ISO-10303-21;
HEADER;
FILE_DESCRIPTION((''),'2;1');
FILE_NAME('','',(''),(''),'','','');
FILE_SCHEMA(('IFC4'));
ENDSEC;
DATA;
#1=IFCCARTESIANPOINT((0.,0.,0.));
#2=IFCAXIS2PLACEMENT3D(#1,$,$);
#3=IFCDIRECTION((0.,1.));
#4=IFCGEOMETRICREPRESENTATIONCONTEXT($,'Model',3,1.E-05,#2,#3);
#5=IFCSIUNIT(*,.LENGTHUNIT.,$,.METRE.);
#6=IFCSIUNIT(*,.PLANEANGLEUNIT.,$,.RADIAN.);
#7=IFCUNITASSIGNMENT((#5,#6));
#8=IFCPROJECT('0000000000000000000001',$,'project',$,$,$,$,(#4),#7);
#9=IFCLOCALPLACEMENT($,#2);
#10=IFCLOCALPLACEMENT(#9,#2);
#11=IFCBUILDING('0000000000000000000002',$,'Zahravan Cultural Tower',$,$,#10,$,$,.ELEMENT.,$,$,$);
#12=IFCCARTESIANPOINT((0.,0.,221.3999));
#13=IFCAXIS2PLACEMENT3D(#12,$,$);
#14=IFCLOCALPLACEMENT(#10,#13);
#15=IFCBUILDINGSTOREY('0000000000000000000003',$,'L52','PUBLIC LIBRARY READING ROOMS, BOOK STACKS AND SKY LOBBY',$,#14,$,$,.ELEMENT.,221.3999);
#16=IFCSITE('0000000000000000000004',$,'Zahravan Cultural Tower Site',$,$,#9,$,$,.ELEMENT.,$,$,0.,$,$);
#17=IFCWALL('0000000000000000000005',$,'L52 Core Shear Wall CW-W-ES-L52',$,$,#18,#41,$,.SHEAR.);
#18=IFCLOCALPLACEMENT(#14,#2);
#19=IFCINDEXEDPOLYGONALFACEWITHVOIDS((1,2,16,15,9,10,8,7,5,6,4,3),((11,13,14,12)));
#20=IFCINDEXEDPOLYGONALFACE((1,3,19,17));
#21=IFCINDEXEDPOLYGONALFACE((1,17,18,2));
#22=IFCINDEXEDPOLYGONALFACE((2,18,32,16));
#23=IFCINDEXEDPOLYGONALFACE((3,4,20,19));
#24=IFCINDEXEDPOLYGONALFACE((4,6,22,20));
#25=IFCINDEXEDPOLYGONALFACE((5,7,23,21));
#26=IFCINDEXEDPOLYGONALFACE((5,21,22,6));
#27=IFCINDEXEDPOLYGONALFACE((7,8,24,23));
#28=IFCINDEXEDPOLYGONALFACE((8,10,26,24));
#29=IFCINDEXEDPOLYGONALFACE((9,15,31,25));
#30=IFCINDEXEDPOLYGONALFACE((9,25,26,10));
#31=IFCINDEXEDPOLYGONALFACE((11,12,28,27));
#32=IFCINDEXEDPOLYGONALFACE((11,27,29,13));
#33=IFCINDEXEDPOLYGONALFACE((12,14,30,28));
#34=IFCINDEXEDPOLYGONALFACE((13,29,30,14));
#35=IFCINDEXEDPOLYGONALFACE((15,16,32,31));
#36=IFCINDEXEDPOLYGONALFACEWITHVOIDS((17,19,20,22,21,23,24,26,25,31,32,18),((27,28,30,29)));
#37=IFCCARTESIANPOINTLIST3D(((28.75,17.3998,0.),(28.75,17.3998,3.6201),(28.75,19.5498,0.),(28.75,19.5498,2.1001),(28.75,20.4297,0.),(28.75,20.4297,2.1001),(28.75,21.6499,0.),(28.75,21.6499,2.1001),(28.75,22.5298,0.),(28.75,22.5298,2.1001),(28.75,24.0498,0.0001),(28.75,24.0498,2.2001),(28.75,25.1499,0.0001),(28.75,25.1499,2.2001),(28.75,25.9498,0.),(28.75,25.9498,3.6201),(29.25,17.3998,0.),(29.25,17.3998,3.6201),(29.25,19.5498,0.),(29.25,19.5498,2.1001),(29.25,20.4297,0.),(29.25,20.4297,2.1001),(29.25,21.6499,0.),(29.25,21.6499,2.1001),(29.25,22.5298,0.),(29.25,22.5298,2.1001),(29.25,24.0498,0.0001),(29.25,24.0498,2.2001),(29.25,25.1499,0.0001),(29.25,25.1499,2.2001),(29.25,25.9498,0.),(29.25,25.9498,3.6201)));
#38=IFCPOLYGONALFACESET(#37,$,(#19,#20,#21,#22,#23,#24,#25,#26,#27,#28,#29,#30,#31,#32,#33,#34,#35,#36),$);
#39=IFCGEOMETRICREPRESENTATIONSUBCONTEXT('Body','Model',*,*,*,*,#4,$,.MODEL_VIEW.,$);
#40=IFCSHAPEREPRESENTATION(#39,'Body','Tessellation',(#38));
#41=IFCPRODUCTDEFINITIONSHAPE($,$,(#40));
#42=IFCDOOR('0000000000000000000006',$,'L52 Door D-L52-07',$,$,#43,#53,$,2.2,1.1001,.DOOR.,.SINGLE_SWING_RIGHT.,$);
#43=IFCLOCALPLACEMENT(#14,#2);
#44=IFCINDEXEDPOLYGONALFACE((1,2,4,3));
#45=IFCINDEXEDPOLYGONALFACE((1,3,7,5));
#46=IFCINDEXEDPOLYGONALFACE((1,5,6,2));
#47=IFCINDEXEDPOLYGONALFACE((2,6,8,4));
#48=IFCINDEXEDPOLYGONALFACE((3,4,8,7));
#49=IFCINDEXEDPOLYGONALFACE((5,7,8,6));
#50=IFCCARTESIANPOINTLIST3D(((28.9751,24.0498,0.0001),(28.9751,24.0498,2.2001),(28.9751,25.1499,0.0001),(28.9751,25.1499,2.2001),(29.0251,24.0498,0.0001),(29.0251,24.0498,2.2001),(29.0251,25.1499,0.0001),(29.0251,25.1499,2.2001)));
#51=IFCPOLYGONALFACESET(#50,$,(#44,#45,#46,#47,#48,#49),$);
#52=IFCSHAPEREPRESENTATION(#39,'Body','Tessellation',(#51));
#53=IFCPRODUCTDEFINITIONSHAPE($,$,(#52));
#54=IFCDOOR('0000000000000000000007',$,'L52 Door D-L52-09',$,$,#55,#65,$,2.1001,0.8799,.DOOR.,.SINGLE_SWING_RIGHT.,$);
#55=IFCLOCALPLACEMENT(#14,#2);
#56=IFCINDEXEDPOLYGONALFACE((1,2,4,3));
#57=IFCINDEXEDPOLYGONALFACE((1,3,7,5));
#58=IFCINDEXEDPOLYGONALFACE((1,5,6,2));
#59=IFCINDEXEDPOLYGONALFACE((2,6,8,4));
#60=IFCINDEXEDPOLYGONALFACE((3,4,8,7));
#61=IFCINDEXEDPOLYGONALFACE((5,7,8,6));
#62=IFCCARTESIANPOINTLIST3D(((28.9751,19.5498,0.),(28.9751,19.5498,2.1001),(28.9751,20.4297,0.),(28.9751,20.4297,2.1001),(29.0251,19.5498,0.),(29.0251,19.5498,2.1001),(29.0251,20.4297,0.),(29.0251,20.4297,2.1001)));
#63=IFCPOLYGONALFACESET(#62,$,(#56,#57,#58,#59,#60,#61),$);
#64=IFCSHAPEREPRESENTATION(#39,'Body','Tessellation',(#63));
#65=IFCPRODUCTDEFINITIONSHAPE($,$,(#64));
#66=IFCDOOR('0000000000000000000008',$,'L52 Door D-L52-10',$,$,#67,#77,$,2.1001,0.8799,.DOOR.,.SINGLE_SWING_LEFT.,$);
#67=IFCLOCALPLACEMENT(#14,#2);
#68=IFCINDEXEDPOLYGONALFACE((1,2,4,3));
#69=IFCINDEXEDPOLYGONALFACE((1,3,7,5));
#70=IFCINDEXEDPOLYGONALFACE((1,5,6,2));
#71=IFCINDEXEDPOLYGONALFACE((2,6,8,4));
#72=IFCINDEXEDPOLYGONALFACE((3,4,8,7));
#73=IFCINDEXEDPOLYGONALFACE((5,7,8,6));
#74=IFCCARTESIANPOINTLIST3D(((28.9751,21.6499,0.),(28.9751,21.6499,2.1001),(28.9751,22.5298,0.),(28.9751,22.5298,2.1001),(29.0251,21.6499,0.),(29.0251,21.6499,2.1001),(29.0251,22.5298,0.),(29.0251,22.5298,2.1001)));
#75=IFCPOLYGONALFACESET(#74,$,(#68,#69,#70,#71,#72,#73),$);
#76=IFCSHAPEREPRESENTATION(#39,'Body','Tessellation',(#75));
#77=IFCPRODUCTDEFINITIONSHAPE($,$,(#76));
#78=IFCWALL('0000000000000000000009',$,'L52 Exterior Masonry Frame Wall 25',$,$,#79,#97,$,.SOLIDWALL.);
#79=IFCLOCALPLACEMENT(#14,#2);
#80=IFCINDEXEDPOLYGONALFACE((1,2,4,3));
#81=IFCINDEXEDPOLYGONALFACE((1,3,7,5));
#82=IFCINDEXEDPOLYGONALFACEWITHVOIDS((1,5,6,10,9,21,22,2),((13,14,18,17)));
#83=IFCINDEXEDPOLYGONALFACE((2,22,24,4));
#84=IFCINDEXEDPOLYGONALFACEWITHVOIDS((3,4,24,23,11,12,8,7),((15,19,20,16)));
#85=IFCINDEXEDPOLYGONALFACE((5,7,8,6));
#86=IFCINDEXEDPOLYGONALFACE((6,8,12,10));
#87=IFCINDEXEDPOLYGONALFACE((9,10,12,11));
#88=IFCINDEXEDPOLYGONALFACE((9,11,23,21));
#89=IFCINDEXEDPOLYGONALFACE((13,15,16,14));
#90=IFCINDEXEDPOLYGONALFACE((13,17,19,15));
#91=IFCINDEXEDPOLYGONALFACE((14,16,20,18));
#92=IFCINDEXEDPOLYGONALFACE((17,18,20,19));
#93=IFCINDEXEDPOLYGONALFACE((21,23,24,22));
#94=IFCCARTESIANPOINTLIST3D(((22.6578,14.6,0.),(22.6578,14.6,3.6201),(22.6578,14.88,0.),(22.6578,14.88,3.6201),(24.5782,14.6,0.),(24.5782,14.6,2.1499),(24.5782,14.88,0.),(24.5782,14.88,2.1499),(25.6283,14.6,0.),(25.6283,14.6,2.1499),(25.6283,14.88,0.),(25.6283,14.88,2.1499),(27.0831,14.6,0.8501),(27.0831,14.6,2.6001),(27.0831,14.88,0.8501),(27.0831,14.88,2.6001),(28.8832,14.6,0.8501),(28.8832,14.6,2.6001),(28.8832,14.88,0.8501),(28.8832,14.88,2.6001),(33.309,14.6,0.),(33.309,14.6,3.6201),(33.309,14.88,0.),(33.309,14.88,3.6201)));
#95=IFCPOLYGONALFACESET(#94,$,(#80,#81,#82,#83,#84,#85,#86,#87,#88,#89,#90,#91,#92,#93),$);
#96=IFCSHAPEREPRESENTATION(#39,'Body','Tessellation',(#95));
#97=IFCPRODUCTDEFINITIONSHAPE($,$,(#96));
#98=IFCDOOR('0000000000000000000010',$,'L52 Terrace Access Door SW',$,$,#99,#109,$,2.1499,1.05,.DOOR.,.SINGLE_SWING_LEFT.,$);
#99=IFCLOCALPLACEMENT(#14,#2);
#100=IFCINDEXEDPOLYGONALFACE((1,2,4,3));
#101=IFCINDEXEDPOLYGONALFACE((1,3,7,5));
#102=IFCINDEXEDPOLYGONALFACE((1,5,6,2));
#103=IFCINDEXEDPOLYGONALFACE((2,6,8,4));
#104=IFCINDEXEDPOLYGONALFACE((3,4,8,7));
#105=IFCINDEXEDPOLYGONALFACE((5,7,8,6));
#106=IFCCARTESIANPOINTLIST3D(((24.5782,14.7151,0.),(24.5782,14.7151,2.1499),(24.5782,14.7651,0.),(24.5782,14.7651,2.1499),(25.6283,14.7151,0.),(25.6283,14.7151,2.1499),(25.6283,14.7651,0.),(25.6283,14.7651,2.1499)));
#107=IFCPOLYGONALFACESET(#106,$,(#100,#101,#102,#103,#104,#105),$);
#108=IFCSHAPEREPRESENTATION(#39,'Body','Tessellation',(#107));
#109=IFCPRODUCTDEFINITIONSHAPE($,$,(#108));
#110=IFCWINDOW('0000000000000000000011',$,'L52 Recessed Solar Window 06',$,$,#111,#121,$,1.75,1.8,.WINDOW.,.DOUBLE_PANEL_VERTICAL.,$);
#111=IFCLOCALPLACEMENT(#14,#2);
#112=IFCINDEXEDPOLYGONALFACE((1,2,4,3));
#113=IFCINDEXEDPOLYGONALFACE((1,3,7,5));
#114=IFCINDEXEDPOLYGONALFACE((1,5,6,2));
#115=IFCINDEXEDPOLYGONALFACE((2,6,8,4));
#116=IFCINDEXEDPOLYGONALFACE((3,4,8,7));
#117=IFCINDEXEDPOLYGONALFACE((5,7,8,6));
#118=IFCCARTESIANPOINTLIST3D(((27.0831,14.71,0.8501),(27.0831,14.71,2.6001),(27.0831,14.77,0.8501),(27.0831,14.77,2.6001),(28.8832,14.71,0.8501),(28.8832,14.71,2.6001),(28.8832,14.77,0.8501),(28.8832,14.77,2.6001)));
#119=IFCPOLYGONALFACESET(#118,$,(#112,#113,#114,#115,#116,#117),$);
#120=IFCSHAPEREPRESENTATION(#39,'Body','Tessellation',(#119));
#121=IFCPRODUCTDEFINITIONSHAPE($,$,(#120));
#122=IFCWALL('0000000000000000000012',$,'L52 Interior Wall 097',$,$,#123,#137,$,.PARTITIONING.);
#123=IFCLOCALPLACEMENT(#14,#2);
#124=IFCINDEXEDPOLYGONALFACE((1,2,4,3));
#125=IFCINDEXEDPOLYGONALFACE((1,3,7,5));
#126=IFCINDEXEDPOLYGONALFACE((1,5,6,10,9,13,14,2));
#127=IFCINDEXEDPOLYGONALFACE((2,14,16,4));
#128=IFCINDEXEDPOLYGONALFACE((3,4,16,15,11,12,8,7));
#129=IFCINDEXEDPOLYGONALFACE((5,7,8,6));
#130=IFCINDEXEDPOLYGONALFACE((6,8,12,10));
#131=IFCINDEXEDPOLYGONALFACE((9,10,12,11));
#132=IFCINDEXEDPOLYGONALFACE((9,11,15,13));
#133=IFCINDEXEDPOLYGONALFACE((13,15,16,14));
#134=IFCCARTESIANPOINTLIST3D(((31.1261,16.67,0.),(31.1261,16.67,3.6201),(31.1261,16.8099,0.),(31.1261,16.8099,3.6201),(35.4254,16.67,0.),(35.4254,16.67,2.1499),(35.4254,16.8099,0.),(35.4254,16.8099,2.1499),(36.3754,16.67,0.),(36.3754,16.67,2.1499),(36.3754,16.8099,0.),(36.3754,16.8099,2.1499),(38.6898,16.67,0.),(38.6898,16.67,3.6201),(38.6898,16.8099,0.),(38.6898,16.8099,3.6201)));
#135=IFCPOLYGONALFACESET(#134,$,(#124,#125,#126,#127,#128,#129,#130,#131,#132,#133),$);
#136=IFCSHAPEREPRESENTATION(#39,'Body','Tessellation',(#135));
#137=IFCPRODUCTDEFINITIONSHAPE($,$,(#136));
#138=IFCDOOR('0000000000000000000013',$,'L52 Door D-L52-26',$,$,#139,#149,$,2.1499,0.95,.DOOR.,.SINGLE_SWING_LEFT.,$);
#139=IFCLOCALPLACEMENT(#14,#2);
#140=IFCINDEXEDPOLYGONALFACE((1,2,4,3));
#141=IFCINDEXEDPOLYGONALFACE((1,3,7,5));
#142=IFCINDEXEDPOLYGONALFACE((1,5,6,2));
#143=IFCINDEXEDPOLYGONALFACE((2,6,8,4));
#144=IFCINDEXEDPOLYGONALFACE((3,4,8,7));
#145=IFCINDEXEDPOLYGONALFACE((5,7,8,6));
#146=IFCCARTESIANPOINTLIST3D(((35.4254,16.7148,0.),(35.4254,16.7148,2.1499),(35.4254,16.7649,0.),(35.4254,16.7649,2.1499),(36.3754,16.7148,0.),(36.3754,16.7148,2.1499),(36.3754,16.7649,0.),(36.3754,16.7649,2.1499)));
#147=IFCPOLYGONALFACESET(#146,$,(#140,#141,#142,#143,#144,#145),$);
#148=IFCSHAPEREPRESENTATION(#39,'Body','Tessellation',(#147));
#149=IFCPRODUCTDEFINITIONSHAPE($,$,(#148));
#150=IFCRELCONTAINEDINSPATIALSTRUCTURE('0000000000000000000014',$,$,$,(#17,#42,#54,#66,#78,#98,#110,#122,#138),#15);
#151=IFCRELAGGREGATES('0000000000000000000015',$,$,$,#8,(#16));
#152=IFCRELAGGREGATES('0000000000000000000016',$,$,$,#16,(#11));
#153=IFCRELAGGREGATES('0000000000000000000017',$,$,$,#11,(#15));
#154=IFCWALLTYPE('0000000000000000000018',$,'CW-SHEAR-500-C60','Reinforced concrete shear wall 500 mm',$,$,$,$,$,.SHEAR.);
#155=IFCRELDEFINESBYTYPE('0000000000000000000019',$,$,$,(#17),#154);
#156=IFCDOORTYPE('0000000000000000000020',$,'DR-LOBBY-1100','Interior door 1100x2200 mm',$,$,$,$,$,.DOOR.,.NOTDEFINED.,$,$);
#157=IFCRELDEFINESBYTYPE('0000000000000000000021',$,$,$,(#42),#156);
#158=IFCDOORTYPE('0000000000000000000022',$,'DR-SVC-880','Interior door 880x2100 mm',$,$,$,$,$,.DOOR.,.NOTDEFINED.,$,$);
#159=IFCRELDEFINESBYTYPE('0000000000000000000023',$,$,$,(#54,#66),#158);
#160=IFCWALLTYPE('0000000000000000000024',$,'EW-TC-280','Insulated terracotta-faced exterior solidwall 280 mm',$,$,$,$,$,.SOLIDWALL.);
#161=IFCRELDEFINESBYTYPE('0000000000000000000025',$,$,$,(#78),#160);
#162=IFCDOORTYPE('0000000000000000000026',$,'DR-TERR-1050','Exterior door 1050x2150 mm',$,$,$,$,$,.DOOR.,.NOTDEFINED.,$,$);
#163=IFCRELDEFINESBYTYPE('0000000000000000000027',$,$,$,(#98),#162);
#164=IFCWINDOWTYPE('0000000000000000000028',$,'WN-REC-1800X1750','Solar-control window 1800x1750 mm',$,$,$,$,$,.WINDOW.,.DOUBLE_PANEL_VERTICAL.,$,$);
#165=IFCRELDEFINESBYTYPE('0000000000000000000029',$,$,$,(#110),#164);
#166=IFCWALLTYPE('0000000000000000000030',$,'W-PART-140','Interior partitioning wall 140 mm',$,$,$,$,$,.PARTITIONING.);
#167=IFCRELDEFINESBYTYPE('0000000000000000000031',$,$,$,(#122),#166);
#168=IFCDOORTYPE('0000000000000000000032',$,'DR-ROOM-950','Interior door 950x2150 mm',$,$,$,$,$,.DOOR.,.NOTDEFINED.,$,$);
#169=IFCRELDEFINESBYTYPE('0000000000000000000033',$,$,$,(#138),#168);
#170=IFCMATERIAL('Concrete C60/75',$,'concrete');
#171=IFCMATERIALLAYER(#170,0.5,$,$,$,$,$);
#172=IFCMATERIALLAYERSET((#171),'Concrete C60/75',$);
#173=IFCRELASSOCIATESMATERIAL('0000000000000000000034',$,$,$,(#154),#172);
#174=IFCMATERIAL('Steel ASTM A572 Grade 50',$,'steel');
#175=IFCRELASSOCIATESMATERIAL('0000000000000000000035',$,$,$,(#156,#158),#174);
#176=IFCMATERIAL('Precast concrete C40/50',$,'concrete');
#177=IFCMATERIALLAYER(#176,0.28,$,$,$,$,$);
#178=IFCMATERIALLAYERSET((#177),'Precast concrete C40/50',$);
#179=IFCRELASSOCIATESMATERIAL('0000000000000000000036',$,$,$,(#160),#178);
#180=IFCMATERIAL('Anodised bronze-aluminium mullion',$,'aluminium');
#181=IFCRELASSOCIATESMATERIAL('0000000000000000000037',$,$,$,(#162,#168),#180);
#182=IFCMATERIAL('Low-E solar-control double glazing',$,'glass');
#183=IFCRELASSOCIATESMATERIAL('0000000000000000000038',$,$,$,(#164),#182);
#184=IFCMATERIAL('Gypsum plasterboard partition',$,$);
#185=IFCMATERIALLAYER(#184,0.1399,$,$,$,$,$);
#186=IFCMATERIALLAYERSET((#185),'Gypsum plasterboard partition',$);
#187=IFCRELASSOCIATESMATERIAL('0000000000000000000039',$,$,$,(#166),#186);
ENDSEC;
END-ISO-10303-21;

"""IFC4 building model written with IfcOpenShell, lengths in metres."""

from ifc_helpers import new_model, si_unit, direction, frame, frame_2d, origin, place, context, subcontext, project, spatial, rectangle, extrude, source, transform, mapped, material, layer, layer_set, type_object, element, fill, save


model = new_model("IFC4")

# Units and contexts
model_context = context("Model", 3, precision=1e-05, world=origin(), true_north=direction((0.0, 1.0)))
body_context = subcontext(model_context, "Body", "Model", "MODEL_VIEW")
ifc_project = project(units=[si_unit("LENGTHUNIT", "METRE"), si_unit("PLANEANGLEUNIT", "RADIAN")], contexts=[model_context])

# Site, building, storey
site_placement = place(None, origin())
site = spatial("IfcSite", under=ifc_project, at=site_placement, Name="Zahravan Cultural Tower Site", CompositionType="ELEMENT", RefElevation=0.0)
building_placement = place(site_placement, origin())
building = spatial("IfcBuilding", under=site, at=building_placement, Name="Zahravan Cultural Tower", CompositionType="ELEMENT")
storey_placement = place(building_placement, frame((0.0, 0.0, 221.3999)))
storey = spatial("IfcBuildingStorey", under=building, at=storey_placement, Name="L52", Description="PUBLIC LIBRARY READING ROOMS, BOOK STACKS AND SKY LOBBY", CompositionType="ELEMENT", Elevation=221.3999)

# Wall, openings, doors
ifc_material_1 = material(Name="Concrete C60/75", Category="concrete")
ifc_layer_1 = layer(ifc_material_1, 0.5)
ifc_layer_set_1 = layer_set([ifc_layer_1], Name="Concrete C60/75")
wall_type_1 = type_object("IfcWallType", Name="CW-SHEAR-500-C60", Description="Reinforced concrete shear wall 500 mm", PredefinedType="SHEAR", material=ifc_layer_set_1)
wall_1_placement = place(storey_placement, frame((29.0, 17.3999, 0.0), z_axis=(0.0, 0.0, 1.0), x_axis=(0.0, 1.0, 0.0)))
wall_1 = element("IfcWall", 1, at=wall_1_placement, inside=storey, type_object=wall_type_1, Name="L52 Core Shear Wall CW-W-ES-L52", PredefinedType="SHEAR", context=body_context, shape_type="SweptSolid", body=[
    extrude(rectangle(XDim=8.55, YDim=0.5, at=frame_2d((4.2749, 0.0))), origin(), (0.0, 0.0, 1.0), 3.6201),
])
opening_1_placement = place(wall_1_placement, frame((6.6499, 0.0, 0.0)))
opening_1 = element("IfcOpeningElement", 2, at=opening_1_placement, cuts=wall_1, PredefinedType="OPENING", context=body_context, shape_type="SweptSolid", body=[
    extrude(rectangle(XDim=1.1001, YDim=2.2, at=frame_2d((0.55, 1.1001))), frame((0.0, 0.26, 0.0), z_axis=(0.0, -1.0, 0.0), x_axis=(1.0, 0.0, 0.0)), (0.0, 0.0, 1.0), 0.52),
])
opening_2_placement = place(wall_1_placement, frame((2.1499, 0.0, 0.0)))
opening_2 = element("IfcOpeningElement", 3, at=opening_2_placement, cuts=wall_1, PredefinedType="OPENING", context=body_context, shape_type="SweptSolid", body=[
    extrude(rectangle(XDim=0.8799, YDim=2.1001, at=frame_2d((0.4399, 1.05))), frame((0.0, 0.26, 0.0), z_axis=(0.0, -1.0, 0.0), x_axis=(1.0, 0.0, 0.0)), (0.0, 0.0, 1.0), 0.52),
])
opening_3_placement = place(wall_1_placement, frame((4.25, 0.0, 0.0)))
opening_3 = element("IfcOpeningElement", 4, at=opening_3_placement, cuts=wall_1, PredefinedType="OPENING", context=body_context, shape_type="SweptSolid", body=[
    extrude(rectangle(XDim=0.8799, YDim=2.1001, at=frame_2d((0.4399, 1.05))), frame((0.0, 0.26, 0.0), z_axis=(0.0, -1.0, 0.0), x_axis=(1.0, 0.0, 0.0)), (0.0, 0.0, 1.0), 0.52),
])
ifc_material_2 = material(Name="Steel ASTM A572 Grade 50", Category="steel")
door_type_1 = type_object("IfcDoorType", Name="DR-LOBBY-1100", Description="Interior door 1100x2200 mm", OperationType="NOTDEFINED", PredefinedType="DOOR", material=ifc_material_2)
shared_shape_1 = source(origin(), body_context, "Body", "SweptSolid", [
    extrude(rectangle(XDim=1.1001, YDim=2.2, at=frame_2d((0.55, 1.1001))), frame((0.0, 0.0249, 0.0), z_axis=(0.0, -1.0, 0.0), x_axis=(1.0, 0.0, 0.0)), (0.0, 0.0, 1.0), 0.05),
])
door_1_placement = place(opening_1_placement, origin())
door_1 = element("IfcDoor", 5, at=door_1_placement, inside=storey, type_object=door_type_1, Name="L52 Door D-L52-07", OperationType="SINGLE_SWING_RIGHT", OverallHeight=2.2, OverallWidth=1.1001, PredefinedType="DOOR", context=body_context, shape_type="MappedRepresentation", body=[
    mapped(shared_shape_1, transform((0.0, 0.0, 0.0), x_axis=(1.0, 0.0, 0.0), y_axis=(0.0, 1.0, 0.0), z_axis=(0.0, 0.0, 1.0), scale=1.0)),
])
fill(opening_1, door_1)
door_type_2 = type_object("IfcDoorType", Name="DR-SVC-880", Description="Interior door 880x2100 mm", OperationType="NOTDEFINED", PredefinedType="DOOR", material=ifc_material_2)
shared_shape_2 = source(origin(), body_context, "Body", "SweptSolid", [
    extrude(rectangle(XDim=0.8799, YDim=2.1001, at=frame_2d((0.4399, 1.05))), frame((0.0, 0.0249, 0.0), z_axis=(0.0, -1.0, 0.0), x_axis=(1.0, 0.0, 0.0)), (0.0, 0.0, 1.0), 0.05),
])
door_2_placement = place(opening_2_placement, origin())
door_2 = element("IfcDoor", 6, at=door_2_placement, inside=storey, type_object=door_type_2, Name="L52 Door D-L52-09", OperationType="SINGLE_SWING_RIGHT", OverallHeight=2.1001, OverallWidth=0.8799, PredefinedType="DOOR", context=body_context, shape_type="MappedRepresentation", body=[
    mapped(shared_shape_2, transform((0.0, 0.0, 0.0), x_axis=(1.0, 0.0, 0.0), y_axis=(0.0, 1.0, 0.0), z_axis=(0.0, 0.0, 1.0), scale=1.0)),
])
fill(opening_2, door_2)
door_3_placement = place(opening_3_placement, origin())
door_3 = element("IfcDoor", 7, at=door_3_placement, inside=storey, type_object=door_type_2, Name="L52 Door D-L52-10", OperationType="SINGLE_SWING_LEFT", OverallHeight=2.1001, OverallWidth=0.8799, PredefinedType="DOOR", context=body_context, shape_type="MappedRepresentation", body=[
    mapped(shared_shape_2, transform((0.0, 0.0, 0.0), x_axis=(1.0, 0.0, 0.0), y_axis=(0.0, 1.0, 0.0), z_axis=(0.0, 0.0, 1.0), scale=1.0)),
])
fill(opening_3, door_3)

# Wall, openings, door, window
ifc_material_3 = material(Name="Precast concrete C40/50", Category="concrete")
ifc_layer_2 = layer(ifc_material_3, 0.28)
ifc_layer_set_2 = layer_set([ifc_layer_2], Name="Precast concrete C40/50")
wall_type_2 = type_object("IfcWallType", Name="EW-TC-280", Description="Insulated terracotta-faced exterior solidwall 280 mm", PredefinedType="SOLIDWALL", material=ifc_layer_set_2)
wall_2_placement = place(storey_placement, frame((33.3091, 14.74, 0.0), z_axis=(0.0, 0.0, 1.0), x_axis=(-1.0, 0.0, 0.0)))
wall_2 = element("IfcWall", 8, at=wall_2_placement, inside=storey, type_object=wall_type_2, Name="L52 Exterior Masonry Frame Wall 25", PredefinedType="SOLIDWALL", context=body_context, shape_type="SweptSolid", body=[
    extrude(rectangle(XDim=10.6511, YDim=0.28, at=frame_2d((5.3257, 0.0))), origin(), (0.0, 0.0, 1.0), 3.6201),
])
opening_4_placement = place(wall_2_placement, frame((7.6809, 0.0, 0.0)))
opening_4 = element("IfcOpeningElement", 9, at=opening_4_placement, cuts=wall_2, PredefinedType="OPENING", context=body_context, shape_type="SweptSolid", body=[
    extrude(rectangle(XDim=1.05, YDim=2.1499, at=frame_2d((0.5249, 1.075))), frame((0.0, 0.1499, 0.0), z_axis=(0.0, -1.0, 0.0), x_axis=(1.0, 0.0, 0.0)), (0.0, 0.0, 1.0), 0.3),
])
opening_5_placement = place(wall_2_placement, frame((4.426, 0.0, 0.8501)))
opening_5 = element("IfcOpeningElement", 10, at=opening_5_placement, cuts=wall_2, PredefinedType="OPENING", context=body_context, shape_type="SweptSolid", body=[
    extrude(rectangle(XDim=1.8, YDim=1.75, at=frame_2d((0.8999, 0.875))), frame((0.0, 0.1499, 0.0), z_axis=(0.0, -1.0, 0.0), x_axis=(1.0, 0.0, 0.0)), (0.0, 0.0, 1.0), 0.3),
])
ifc_material_4 = material(Name="Anodised bronze-aluminium mullion", Category="aluminium")
door_type_3 = type_object("IfcDoorType", Name="DR-TERR-1050", Description="Exterior door 1050x2150 mm", OperationType="NOTDEFINED", PredefinedType="DOOR", material=ifc_material_4)
shared_shape_3 = source(origin(), body_context, "Body", "SweptSolid", [
    extrude(rectangle(XDim=1.05, YDim=2.1499, at=frame_2d((0.5249, 1.075))), frame((0.0, 0.0249, 0.0), z_axis=(0.0, -1.0, 0.0), x_axis=(1.0, 0.0, 0.0)), (0.0, 0.0, 1.0), 0.05),
])
door_4_placement = place(opening_4_placement, origin())
door_4 = element("IfcDoor", 11, at=door_4_placement, inside=storey, type_object=door_type_3, Name="L52 Terrace Access Door SW", OperationType="SINGLE_SWING_LEFT", OverallHeight=2.1499, OverallWidth=1.05, PredefinedType="DOOR", context=body_context, shape_type="MappedRepresentation", body=[
    mapped(shared_shape_3, transform((0.0, 0.0, 0.0), x_axis=(1.0, 0.0, 0.0), y_axis=(0.0, 1.0, 0.0), z_axis=(0.0, 0.0, 1.0), scale=1.0)),
])
fill(opening_4, door_4)
ifc_material_5 = material(Name="Low-E solar-control double glazing", Category="glass")
window_type = type_object("IfcWindowType", Name="WN-REC-1800X1750", Description="Solar-control window 1800x1750 mm", PartitioningType="DOUBLE_PANEL_VERTICAL", PredefinedType="WINDOW", material=ifc_material_5)
shared_shape_4 = source(origin(), body_context, "Body", "SweptSolid", [
    extrude(rectangle(XDim=1.8, YDim=1.75, at=frame_2d((0.8999, 0.875))), frame((0.0, 0.03, 0.0), z_axis=(0.0, -1.0, 0.0), x_axis=(1.0, 0.0, 0.0)), (0.0, 0.0, 1.0), 0.0601),
])
window_placement = place(opening_5_placement, origin())
window = element("IfcWindow", 12, at=window_placement, inside=storey, type_object=window_type, Name="L52 Recessed Solar Window 06", OverallHeight=1.75, OverallWidth=1.8, PartitioningType="DOUBLE_PANEL_VERTICAL", PredefinedType="WINDOW", context=body_context, shape_type="MappedRepresentation", body=[
    mapped(shared_shape_4, transform((0.0, 0.0, 0.0), x_axis=(1.0, 0.0, 0.0), y_axis=(0.0, 1.0, 0.0), z_axis=(0.0, 0.0, 1.0), scale=1.0)),
])
fill(opening_5, window)

# Wall, opening, door
ifc_material_6 = material(Name="Gypsum plasterboard partition")
ifc_layer_3 = layer(ifc_material_6, 0.1399)
ifc_layer_set_3 = layer_set([ifc_layer_3], Name="Gypsum plasterboard partition")
wall_type_3 = type_object("IfcWallType", Name="W-PART-140", Description="Interior partitioning wall 140 mm", PredefinedType="PARTITIONING", material=ifc_layer_set_3)
wall_3_placement = place(storey_placement, frame((31.1262, 16.74, 0.0), z_axis=(0.0, 0.0, 1.0), x_axis=(1.0, 0.0, 0.0)))
wall_3 = element("IfcWall", 13, at=wall_3_placement, inside=storey, type_object=wall_type_3, Name="L52 Interior Wall 097", PredefinedType="PARTITIONING", context=body_context, shape_type="SweptSolid", body=[
    extrude(rectangle(XDim=7.5637, YDim=0.1399, at=frame_2d((3.7817, 0.0))), origin(), (0.0, 0.0, 1.0), 3.6201),
])
opening_6_placement = place(wall_3_placement, frame((4.2991, 0.0, 0.0)))
opening_6 = element("IfcOpeningElement", 14, at=opening_6_placement, cuts=wall_3, PredefinedType="OPENING", context=body_context, shape_type="SweptSolid", body=[
    extrude(rectangle(XDim=0.95, YDim=2.1499, at=frame_2d((0.4751, 1.075))), frame((0.0, 0.0798, 0.0), z_axis=(0.0, -1.0, 0.0), x_axis=(1.0, 0.0, 0.0)), (0.0, 0.0, 1.0), 0.1599),
])
door_type_4 = type_object("IfcDoorType", Name="DR-ROOM-950", Description="Interior door 950x2150 mm", OperationType="NOTDEFINED", PredefinedType="DOOR", material=ifc_material_4)
shared_shape_5 = source(origin(), body_context, "Body", "SweptSolid", [
    extrude(rectangle(XDim=0.95, YDim=2.1499, at=frame_2d((0.4751, 1.075))), frame((0.0, 0.0249, 0.0), z_axis=(0.0, -1.0, 0.0), x_axis=(1.0, 0.0, 0.0)), (0.0, 0.0, 1.0), 0.05),
])
door_5_placement = place(opening_6_placement, origin())
door_5 = element("IfcDoor", 15, at=door_5_placement, inside=storey, type_object=door_type_4, Name="L52 Door D-L52-26", OperationType="SINGLE_SWING_LEFT", OverallHeight=2.1499, OverallWidth=0.95, PredefinedType="DOOR", context=body_context, shape_type="MappedRepresentation", body=[
    mapped(shared_shape_5, transform((0.0, 0.0, 0.0), x_axis=(1.0, 0.0, 0.0), y_axis=(0.0, 1.0, 0.0), z_axis=(0.0, 0.0, 1.0), scale=1.0)),
])
fill(opening_6, door_5)

save(model, "model.ifc")
